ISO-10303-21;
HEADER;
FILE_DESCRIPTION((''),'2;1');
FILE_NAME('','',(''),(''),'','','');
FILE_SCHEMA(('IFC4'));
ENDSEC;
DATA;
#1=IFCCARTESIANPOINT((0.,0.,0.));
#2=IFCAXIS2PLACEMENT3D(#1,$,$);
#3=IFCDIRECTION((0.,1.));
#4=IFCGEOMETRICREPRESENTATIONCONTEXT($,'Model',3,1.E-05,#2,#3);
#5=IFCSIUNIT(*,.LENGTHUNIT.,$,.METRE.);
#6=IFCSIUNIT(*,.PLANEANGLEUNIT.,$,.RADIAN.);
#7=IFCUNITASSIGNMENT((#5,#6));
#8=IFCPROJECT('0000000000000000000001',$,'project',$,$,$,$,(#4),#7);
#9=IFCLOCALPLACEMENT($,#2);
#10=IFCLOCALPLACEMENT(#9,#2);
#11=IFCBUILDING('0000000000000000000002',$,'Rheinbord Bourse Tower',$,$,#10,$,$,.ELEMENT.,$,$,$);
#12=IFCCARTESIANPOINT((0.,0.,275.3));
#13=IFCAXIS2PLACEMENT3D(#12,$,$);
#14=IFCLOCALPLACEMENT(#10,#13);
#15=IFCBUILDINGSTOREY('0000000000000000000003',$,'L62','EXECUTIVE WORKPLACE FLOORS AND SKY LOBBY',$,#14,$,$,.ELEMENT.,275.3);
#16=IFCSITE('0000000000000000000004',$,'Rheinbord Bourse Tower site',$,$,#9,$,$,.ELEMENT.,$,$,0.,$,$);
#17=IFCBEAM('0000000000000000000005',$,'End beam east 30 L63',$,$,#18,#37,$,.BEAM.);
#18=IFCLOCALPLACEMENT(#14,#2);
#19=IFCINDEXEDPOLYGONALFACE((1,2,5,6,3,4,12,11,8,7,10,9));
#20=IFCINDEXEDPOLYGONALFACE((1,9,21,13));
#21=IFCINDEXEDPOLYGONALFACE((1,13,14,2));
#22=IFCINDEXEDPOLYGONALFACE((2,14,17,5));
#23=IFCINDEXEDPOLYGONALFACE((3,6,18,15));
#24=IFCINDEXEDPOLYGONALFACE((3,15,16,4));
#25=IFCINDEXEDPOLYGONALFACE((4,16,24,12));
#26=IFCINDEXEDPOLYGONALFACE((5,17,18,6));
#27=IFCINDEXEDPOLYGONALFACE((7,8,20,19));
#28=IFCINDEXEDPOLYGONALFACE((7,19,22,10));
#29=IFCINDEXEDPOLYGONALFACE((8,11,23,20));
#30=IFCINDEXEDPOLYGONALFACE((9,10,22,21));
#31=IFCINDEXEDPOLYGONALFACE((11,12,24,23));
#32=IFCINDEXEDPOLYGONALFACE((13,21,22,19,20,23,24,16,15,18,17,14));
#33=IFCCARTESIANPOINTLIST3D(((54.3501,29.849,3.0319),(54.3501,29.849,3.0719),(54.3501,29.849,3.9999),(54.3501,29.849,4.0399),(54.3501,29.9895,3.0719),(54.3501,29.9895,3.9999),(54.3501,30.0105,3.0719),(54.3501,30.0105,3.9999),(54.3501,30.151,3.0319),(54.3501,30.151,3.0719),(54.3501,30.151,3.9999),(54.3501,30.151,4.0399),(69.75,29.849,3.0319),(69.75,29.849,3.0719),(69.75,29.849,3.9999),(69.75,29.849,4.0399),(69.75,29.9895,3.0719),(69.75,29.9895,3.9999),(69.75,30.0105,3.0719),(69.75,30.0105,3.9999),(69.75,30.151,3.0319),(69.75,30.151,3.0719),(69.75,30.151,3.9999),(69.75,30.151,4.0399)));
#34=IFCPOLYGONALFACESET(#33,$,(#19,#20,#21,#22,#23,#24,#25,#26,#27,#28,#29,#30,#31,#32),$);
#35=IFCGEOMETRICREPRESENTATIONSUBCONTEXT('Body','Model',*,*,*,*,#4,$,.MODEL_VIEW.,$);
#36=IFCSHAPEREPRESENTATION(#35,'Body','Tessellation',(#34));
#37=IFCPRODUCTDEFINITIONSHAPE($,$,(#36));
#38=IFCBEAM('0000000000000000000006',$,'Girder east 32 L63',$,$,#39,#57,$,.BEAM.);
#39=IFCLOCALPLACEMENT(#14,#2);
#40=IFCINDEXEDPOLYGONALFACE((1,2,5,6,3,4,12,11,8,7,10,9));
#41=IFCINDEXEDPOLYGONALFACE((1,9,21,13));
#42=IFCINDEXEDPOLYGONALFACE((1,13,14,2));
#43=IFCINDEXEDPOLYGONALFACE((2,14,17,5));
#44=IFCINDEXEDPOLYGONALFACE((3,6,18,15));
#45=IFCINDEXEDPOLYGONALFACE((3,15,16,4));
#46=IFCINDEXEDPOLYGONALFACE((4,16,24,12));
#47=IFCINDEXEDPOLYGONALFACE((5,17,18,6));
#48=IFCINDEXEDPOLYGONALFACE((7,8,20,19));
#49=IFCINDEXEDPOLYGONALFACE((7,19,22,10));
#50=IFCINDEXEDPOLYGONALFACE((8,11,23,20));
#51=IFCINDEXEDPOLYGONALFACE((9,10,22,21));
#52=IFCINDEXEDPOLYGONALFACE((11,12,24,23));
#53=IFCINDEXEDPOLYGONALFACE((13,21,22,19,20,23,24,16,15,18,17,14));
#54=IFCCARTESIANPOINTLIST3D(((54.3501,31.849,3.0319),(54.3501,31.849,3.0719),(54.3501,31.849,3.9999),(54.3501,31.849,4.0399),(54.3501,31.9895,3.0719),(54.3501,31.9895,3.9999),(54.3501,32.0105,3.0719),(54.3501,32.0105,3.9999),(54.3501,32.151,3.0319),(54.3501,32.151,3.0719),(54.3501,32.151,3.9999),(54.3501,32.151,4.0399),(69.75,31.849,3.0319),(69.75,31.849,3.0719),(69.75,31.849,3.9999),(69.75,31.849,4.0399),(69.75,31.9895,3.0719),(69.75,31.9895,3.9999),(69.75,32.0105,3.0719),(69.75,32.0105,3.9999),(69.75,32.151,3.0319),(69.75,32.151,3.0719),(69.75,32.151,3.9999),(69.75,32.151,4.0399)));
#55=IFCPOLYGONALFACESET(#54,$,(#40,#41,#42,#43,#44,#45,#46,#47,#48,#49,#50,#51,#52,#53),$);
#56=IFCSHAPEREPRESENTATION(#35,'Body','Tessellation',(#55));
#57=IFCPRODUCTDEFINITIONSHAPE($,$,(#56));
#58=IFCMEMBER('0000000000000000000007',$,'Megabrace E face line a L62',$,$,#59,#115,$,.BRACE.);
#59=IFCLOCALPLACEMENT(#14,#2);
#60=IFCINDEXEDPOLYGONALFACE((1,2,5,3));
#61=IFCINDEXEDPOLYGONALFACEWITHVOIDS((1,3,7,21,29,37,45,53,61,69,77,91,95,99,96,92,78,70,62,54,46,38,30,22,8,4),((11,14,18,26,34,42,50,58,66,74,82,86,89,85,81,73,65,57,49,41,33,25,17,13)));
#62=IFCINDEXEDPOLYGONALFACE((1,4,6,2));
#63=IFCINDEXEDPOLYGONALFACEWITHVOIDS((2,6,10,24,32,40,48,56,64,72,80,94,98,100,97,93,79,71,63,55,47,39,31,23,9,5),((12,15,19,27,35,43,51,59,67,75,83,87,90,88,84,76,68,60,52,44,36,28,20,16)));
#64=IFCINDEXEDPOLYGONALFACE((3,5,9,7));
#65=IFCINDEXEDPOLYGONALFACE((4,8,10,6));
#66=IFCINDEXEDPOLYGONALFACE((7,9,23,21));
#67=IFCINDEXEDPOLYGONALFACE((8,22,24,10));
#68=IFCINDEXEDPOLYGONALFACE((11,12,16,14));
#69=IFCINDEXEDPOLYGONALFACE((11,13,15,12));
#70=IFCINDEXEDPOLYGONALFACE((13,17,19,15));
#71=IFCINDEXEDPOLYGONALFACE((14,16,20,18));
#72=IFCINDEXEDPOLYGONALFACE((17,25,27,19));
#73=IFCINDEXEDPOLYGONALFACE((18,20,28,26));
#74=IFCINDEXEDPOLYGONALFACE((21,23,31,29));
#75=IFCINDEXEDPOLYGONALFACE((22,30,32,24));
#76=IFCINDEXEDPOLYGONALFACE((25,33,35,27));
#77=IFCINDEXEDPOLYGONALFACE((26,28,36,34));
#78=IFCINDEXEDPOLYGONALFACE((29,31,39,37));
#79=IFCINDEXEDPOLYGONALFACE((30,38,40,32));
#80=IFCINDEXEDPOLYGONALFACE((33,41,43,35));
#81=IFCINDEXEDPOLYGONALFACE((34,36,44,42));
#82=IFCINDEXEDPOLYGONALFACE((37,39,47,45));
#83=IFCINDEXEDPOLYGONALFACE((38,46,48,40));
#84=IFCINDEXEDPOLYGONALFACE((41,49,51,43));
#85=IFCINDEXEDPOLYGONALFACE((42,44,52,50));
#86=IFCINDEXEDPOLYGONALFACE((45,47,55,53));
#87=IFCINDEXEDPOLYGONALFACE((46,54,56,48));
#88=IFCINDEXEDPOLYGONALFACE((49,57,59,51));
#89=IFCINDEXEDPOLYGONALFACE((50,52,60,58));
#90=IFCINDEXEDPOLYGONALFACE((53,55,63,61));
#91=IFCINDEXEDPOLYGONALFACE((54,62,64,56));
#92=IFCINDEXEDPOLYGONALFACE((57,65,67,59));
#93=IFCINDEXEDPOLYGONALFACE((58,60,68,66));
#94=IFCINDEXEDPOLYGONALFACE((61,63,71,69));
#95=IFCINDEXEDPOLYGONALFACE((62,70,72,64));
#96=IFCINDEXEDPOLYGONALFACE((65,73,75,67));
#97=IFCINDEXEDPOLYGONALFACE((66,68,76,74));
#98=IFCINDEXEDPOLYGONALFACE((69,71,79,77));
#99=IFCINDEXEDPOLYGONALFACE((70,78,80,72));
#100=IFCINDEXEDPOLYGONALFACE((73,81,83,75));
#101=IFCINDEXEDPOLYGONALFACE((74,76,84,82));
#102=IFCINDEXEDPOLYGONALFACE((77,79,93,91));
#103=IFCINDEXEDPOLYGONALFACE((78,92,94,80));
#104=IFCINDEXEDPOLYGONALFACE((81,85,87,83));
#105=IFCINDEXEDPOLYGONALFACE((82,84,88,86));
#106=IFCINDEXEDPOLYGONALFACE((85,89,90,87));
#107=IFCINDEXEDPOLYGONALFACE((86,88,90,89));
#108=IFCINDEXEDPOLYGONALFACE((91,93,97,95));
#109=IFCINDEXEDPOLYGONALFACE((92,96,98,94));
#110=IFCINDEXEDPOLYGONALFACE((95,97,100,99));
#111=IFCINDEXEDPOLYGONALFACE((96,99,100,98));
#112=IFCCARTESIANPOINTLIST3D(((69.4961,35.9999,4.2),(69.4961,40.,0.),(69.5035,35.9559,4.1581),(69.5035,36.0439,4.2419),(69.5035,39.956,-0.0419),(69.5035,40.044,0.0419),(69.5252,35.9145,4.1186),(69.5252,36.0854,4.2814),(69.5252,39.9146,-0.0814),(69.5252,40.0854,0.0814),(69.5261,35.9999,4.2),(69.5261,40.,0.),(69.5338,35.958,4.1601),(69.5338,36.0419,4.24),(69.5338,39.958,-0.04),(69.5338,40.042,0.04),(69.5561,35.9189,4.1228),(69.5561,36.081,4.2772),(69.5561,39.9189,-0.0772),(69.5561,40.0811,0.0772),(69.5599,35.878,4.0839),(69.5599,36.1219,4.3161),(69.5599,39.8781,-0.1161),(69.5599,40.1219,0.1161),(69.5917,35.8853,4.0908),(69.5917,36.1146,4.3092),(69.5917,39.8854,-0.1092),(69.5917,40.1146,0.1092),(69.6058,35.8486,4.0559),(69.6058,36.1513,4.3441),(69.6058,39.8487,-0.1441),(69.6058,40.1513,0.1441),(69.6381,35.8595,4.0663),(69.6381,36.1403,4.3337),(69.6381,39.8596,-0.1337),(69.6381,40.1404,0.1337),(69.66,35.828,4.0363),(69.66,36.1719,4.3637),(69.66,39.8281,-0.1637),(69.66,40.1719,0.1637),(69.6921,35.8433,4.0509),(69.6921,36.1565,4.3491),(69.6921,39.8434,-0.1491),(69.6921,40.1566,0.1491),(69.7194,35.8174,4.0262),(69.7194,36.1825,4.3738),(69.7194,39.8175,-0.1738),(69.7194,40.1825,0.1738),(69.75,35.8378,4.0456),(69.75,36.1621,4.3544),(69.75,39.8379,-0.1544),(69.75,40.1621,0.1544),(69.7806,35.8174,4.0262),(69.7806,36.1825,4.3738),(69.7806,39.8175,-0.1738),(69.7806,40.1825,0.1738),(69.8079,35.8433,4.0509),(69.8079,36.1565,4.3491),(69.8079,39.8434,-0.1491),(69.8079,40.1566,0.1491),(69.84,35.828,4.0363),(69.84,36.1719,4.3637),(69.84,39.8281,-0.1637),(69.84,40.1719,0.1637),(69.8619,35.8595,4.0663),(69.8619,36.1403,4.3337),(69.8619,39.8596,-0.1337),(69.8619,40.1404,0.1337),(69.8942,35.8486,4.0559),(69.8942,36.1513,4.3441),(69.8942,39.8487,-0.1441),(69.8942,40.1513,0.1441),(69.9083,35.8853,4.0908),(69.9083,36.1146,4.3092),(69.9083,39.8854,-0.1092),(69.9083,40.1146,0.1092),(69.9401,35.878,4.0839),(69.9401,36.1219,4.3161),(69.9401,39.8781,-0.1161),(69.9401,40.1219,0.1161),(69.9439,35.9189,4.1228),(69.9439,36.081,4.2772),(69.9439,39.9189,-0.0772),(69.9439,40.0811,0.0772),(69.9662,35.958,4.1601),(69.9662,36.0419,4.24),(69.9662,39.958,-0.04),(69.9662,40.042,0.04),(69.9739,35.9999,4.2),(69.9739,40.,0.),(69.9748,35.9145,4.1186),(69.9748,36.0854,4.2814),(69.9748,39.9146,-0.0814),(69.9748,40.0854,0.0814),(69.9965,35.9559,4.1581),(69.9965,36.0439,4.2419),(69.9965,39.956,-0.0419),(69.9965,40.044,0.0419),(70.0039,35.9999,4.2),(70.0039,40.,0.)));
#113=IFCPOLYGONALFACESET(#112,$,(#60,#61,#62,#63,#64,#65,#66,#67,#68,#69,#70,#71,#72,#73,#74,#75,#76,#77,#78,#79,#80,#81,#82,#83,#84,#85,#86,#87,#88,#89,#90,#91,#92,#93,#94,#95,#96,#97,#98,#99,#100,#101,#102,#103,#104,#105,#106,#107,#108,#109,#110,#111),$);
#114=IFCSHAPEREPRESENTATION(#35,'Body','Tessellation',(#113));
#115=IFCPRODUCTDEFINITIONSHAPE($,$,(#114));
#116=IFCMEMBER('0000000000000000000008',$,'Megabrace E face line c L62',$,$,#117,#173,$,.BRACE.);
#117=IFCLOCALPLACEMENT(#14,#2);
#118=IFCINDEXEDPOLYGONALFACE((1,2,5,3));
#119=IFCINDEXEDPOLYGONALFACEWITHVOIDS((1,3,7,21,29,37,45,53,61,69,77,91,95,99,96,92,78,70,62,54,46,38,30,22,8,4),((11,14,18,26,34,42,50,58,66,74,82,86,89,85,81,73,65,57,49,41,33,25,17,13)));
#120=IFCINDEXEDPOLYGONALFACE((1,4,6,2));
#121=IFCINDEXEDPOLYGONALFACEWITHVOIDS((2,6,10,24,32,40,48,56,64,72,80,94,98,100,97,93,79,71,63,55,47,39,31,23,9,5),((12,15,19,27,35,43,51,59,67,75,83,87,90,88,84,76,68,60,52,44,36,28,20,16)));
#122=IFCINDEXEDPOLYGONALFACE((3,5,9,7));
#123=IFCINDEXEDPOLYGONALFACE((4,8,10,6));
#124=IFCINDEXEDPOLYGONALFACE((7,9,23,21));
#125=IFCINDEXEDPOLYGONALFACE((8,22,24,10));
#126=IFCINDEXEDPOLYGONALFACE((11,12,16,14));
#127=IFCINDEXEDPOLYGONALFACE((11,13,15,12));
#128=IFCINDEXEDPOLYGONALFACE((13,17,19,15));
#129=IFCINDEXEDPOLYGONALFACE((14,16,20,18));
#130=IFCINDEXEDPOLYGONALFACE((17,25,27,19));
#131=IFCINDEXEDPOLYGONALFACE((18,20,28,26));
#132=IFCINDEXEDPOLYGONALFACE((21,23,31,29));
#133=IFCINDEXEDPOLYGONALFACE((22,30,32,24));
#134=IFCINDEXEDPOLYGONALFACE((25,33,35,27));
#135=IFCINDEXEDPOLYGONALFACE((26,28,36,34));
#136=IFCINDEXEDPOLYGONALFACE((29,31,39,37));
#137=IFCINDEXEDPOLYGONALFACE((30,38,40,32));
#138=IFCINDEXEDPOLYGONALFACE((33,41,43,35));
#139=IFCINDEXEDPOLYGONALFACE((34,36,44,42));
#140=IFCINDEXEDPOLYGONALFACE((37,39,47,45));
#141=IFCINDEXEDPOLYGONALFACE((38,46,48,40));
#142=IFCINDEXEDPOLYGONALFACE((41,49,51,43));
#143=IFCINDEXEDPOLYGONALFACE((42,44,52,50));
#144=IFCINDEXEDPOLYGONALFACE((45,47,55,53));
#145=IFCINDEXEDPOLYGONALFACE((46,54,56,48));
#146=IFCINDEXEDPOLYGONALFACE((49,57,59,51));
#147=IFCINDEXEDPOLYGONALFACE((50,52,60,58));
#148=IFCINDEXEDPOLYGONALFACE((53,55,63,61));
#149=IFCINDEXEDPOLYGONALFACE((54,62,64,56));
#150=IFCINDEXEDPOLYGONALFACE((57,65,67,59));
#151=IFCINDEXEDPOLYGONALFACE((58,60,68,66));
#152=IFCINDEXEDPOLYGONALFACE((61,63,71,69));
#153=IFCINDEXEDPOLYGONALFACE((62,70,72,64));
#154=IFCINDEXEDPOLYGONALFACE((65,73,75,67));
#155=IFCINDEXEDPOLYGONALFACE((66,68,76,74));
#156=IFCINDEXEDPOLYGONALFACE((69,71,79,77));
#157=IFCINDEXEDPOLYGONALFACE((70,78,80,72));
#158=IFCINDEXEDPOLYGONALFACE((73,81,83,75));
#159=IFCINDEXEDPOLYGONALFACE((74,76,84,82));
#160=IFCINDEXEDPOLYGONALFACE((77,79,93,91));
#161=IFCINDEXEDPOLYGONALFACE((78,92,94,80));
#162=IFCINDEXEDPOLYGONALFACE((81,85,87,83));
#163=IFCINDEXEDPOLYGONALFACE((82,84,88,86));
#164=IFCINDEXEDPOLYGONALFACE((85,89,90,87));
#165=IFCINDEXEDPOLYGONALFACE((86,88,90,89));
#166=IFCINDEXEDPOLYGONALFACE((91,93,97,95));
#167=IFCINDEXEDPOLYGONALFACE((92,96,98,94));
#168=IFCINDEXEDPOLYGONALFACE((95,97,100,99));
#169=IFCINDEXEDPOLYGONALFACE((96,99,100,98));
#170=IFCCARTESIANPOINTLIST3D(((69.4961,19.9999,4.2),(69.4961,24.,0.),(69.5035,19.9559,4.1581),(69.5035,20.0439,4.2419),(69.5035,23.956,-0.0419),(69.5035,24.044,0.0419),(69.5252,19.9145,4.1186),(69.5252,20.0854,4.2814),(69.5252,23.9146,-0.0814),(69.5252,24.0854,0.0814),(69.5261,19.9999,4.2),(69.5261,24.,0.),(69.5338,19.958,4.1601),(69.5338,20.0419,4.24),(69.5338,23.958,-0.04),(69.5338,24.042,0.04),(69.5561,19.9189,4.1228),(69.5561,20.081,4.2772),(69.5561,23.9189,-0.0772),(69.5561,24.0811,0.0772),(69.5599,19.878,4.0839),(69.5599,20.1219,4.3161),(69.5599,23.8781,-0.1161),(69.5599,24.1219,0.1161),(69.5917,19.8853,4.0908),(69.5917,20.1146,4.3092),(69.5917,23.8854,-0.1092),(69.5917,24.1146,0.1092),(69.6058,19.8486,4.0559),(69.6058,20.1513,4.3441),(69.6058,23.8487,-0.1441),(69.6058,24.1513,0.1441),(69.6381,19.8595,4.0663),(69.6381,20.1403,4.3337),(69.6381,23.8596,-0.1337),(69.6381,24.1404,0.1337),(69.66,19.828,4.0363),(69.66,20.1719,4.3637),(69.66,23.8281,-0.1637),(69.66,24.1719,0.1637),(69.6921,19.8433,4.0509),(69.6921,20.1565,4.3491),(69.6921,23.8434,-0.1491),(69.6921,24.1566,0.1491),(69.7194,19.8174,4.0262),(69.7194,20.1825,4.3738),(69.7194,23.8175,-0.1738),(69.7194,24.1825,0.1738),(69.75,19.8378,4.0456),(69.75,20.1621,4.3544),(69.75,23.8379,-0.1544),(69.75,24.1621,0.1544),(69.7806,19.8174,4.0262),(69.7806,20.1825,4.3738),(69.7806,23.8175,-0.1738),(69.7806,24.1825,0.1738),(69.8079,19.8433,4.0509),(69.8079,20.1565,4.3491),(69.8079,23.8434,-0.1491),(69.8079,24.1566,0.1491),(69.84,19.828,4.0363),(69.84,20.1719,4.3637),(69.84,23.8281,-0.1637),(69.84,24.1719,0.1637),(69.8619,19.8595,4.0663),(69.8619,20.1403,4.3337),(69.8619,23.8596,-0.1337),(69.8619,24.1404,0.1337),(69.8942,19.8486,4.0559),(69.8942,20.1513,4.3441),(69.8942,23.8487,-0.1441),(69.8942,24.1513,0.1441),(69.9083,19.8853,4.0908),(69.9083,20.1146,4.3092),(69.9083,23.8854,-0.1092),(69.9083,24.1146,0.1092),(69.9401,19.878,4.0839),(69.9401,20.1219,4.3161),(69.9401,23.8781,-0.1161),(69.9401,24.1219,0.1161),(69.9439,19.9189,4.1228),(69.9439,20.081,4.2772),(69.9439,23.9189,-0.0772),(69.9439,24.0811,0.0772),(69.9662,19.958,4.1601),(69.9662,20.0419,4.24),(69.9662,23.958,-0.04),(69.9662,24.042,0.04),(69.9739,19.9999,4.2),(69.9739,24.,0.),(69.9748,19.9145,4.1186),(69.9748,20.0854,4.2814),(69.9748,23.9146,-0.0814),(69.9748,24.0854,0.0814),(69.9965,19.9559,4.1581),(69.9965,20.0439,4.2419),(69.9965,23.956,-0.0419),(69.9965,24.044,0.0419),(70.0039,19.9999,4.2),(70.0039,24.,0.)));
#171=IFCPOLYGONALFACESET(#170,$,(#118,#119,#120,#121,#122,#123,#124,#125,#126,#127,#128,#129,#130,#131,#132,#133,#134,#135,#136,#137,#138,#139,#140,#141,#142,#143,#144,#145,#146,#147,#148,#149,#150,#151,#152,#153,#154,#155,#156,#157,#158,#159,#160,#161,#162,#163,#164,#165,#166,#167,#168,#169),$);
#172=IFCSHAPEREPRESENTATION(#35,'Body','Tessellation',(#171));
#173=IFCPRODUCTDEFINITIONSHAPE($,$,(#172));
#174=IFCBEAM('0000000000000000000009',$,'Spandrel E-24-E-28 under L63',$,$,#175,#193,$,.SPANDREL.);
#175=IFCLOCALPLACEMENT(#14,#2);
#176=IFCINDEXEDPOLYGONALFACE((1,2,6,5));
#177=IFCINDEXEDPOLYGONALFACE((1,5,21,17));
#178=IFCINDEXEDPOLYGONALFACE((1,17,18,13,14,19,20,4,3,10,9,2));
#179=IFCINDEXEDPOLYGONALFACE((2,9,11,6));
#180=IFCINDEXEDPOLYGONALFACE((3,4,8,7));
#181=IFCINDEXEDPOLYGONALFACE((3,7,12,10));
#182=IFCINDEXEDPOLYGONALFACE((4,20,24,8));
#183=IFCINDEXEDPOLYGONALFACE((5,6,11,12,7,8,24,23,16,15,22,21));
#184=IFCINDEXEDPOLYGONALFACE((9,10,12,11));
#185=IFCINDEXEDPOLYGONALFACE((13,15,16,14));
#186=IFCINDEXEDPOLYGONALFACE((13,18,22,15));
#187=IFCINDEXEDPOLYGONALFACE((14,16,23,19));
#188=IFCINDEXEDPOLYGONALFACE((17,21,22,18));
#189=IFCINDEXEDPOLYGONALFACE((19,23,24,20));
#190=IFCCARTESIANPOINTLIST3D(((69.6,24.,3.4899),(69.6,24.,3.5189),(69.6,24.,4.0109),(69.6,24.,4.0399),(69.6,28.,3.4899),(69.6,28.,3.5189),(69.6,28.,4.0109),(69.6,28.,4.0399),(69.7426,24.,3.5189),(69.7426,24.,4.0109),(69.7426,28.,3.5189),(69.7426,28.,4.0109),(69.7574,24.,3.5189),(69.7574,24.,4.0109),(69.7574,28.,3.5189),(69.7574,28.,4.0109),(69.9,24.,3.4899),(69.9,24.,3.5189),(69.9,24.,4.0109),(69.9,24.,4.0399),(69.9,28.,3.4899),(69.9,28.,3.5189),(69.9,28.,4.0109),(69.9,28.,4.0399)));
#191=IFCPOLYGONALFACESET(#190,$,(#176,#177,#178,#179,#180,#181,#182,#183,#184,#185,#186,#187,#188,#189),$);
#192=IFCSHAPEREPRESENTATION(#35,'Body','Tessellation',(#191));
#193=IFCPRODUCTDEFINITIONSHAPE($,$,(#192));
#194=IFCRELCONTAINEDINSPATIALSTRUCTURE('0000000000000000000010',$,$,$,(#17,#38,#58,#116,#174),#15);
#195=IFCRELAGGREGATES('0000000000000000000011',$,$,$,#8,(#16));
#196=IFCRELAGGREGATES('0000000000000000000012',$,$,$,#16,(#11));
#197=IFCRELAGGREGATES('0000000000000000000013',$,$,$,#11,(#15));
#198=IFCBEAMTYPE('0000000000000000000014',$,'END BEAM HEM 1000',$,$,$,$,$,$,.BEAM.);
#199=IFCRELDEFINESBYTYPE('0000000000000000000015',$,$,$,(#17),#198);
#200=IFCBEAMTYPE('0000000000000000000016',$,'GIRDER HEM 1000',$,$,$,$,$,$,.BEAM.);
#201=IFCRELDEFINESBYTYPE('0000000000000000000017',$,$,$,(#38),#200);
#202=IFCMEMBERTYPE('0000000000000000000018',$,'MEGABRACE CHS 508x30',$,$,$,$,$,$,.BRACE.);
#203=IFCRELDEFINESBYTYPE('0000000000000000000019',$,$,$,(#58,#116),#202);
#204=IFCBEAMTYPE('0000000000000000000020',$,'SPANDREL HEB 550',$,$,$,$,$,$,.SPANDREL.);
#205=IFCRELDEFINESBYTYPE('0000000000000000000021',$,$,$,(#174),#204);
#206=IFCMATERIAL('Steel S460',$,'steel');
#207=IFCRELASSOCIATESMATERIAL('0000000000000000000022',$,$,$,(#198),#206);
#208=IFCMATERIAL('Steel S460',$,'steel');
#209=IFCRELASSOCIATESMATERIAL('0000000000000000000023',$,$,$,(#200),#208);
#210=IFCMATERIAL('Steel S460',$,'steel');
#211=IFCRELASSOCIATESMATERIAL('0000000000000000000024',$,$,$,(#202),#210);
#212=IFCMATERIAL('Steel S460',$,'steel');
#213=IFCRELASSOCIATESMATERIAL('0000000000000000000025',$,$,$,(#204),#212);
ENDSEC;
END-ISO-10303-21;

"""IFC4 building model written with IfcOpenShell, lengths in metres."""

from ifc_helpers import new_model, si_unit, direction, frame, origin, origin_2d, place, context, subcontext, project, spatial, hollow_circle, i_section, extrude, material, material_profile, profile_set, type_object, element, save


model = new_model("IFC4")

# Units and contexts
model_context = context("Model", 3, precision=1e-05, world=origin(), true_north=direction((0.0, 1.0)))
body_context = subcontext(model_context, "Body", "Model", "MODEL_VIEW")
ifc_project = project(units=[si_unit("LENGTHUNIT", "METRE"), si_unit("PLANEANGLEUNIT", "RADIAN")], contexts=[model_context])

# Site, building, storey
site_placement = place(None, origin())
site = spatial("IfcSite", under=ifc_project, at=site_placement, Name="Rheinbord Bourse Tower site", CompositionType="ELEMENT", RefElevation=0.0)
building_placement = place(site_placement, origin())
building = spatial("IfcBuilding", under=site, at=building_placement, Name="Rheinbord Bourse Tower", CompositionType="ELEMENT")
storey_placement = place(building_placement, frame((0.0, 0.0, 275.3)))
storey = spatial("IfcBuildingStorey", under=building, at=storey_placement, Name="L62", Description="EXECUTIVE WORKPLACE FLOORS AND SKY LOBBY", CompositionType="ELEMENT", Elevation=275.3)

# Beams
ifc_material_1 = material(Name="Steel S460", Category="steel")
ifc_material_profile_1 = material_profile(ifc_material_1, i_section(OverallWidth=0.302, OverallDepth=1.0081, WebThickness=0.021, FlangeThickness=0.04, at=origin_2d()), Name="HEM 1000")
ifc_profile_set_1 = profile_set([ifc_material_profile_1], Name="Steel S460")
beam_type_1 = type_object("IfcBeamType", Name="END BEAM HEM 1000", PredefinedType="BEAM", material=ifc_profile_set_1)
beam_1_placement = place(storey_placement, frame((54.3501, 30.0, 3.5359), z_axis=(1.0, 0.0, 0.0), x_axis=(0.0, 1.0, 0.0)))
element("IfcBeam", 1, at=beam_1_placement, inside=storey, type_object=beam_type_1, Name="End beam east 30 L63", PredefinedType="BEAM", context=body_context, shape_type="SweptSolid", body=[
    extrude(i_section(OverallWidth=0.302, OverallDepth=1.0081, WebThickness=0.021, FlangeThickness=0.04, at=origin_2d()), origin(), (0.0, 0.0, 1.0), 15.3999),
])
ifc_material_2 = material(Name="Steel S460", Category="steel")
ifc_material_profile_2 = material_profile(ifc_material_2, i_section(OverallWidth=0.302, OverallDepth=1.0081, WebThickness=0.021, FlangeThickness=0.04, at=origin_2d()), Name="HEM 1000")
ifc_profile_set_2 = profile_set([ifc_material_profile_2], Name="Steel S460")
beam_type_2 = type_object("IfcBeamType", Name="GIRDER HEM 1000", PredefinedType="BEAM", material=ifc_profile_set_2)
beam_2_placement = place(storey_placement, frame((54.3501, 32.0, 3.5359), z_axis=(1.0, 0.0, 0.0), x_axis=(0.0, 1.0, 0.0)))
element("IfcBeam", 2, at=beam_2_placement, inside=storey, type_object=beam_type_2, Name="Girder east 32 L63", PredefinedType="BEAM", context=body_context, shape_type="SweptSolid", body=[
    extrude(i_section(OverallWidth=0.302, OverallDepth=1.0081, WebThickness=0.021, FlangeThickness=0.04, at=origin_2d()), origin(), (0.0, 0.0, 1.0), 15.3999),
])

# Members
ifc_material_3 = material(Name="Steel S460", Category="steel")
ifc_material_profile_3 = material_profile(ifc_material_3, hollow_circle(Radius=0.2539, WallThickness=0.03, at=origin_2d()), Name="CHS 508x30")
ifc_profile_set_3 = profile_set([ifc_material_profile_3], Name="Steel S460")
member_type_1 = type_object("IfcMemberType", Name="MEGABRACE CHS 508x30", PredefinedType="BRACE", material=ifc_profile_set_3)
for number, where, z_axis, x_axis, name in (
    (3, (69.75, 40.0, 0.0), (0.0, -0.689659, 0.724134), (1.0, 0.0, 0.0), "Megabrace E face line a L62"),
    (4, (69.75, 24.0, 0.0), (0.0, -0.689659, 0.724134), (1.0, 0.0, 0.0), "Megabrace E face line c L62"),
):
    element("IfcMember", number, at=place(storey_placement, frame(where, z_axis=z_axis, x_axis=x_axis)), inside=storey, type_object=member_type_1, Name=name, PredefinedType="BRACE", context=body_context, shape_type="SweptSolid", body=[
        extrude(hollow_circle(Radius=0.2539, WallThickness=0.03, at=origin_2d()), origin(), (0.0, 0.0, 1.0), 5.8),
    ])

# Beam
ifc_material_4 = material(Name="Steel S460", Category="steel")
ifc_material_profile_4 = material_profile(ifc_material_4, i_section(OverallWidth=0.3, OverallDepth=0.55, WebThickness=0.0149, FlangeThickness=0.0291, at=origin_2d()), Name="HEB 550")
ifc_profile_set_4 = profile_set([ifc_material_profile_4], Name="Steel S460")
beam_type_3 = type_object("IfcBeamType", Name="SPANDREL HEB 550", PredefinedType="SPANDREL", material=ifc_profile_set_4)
for number, where, z_axis, x_axis, name in (
    (5, (69.75, 24.0, 3.7649), (0.0, 1.0, 0.0), (-1.0, 0.0, 0.0), "Spandrel E-24-E-28 under L63"),
):
    element("IfcBeam", number, at=place(storey_placement, frame(where, z_axis=z_axis, x_axis=x_axis)), inside=storey, type_object=beam_type_3, Name=name, PredefinedType="SPANDREL", context=body_context, shape_type="SweptSolid", body=[
        extrude(i_section(OverallWidth=0.3, OverallDepth=0.55, WebThickness=0.0149, FlangeThickness=0.0291, at=origin_2d()), origin(), (0.0, 0.0, 1.0), 4.0),
    ])

save(model, "model.ifc")
